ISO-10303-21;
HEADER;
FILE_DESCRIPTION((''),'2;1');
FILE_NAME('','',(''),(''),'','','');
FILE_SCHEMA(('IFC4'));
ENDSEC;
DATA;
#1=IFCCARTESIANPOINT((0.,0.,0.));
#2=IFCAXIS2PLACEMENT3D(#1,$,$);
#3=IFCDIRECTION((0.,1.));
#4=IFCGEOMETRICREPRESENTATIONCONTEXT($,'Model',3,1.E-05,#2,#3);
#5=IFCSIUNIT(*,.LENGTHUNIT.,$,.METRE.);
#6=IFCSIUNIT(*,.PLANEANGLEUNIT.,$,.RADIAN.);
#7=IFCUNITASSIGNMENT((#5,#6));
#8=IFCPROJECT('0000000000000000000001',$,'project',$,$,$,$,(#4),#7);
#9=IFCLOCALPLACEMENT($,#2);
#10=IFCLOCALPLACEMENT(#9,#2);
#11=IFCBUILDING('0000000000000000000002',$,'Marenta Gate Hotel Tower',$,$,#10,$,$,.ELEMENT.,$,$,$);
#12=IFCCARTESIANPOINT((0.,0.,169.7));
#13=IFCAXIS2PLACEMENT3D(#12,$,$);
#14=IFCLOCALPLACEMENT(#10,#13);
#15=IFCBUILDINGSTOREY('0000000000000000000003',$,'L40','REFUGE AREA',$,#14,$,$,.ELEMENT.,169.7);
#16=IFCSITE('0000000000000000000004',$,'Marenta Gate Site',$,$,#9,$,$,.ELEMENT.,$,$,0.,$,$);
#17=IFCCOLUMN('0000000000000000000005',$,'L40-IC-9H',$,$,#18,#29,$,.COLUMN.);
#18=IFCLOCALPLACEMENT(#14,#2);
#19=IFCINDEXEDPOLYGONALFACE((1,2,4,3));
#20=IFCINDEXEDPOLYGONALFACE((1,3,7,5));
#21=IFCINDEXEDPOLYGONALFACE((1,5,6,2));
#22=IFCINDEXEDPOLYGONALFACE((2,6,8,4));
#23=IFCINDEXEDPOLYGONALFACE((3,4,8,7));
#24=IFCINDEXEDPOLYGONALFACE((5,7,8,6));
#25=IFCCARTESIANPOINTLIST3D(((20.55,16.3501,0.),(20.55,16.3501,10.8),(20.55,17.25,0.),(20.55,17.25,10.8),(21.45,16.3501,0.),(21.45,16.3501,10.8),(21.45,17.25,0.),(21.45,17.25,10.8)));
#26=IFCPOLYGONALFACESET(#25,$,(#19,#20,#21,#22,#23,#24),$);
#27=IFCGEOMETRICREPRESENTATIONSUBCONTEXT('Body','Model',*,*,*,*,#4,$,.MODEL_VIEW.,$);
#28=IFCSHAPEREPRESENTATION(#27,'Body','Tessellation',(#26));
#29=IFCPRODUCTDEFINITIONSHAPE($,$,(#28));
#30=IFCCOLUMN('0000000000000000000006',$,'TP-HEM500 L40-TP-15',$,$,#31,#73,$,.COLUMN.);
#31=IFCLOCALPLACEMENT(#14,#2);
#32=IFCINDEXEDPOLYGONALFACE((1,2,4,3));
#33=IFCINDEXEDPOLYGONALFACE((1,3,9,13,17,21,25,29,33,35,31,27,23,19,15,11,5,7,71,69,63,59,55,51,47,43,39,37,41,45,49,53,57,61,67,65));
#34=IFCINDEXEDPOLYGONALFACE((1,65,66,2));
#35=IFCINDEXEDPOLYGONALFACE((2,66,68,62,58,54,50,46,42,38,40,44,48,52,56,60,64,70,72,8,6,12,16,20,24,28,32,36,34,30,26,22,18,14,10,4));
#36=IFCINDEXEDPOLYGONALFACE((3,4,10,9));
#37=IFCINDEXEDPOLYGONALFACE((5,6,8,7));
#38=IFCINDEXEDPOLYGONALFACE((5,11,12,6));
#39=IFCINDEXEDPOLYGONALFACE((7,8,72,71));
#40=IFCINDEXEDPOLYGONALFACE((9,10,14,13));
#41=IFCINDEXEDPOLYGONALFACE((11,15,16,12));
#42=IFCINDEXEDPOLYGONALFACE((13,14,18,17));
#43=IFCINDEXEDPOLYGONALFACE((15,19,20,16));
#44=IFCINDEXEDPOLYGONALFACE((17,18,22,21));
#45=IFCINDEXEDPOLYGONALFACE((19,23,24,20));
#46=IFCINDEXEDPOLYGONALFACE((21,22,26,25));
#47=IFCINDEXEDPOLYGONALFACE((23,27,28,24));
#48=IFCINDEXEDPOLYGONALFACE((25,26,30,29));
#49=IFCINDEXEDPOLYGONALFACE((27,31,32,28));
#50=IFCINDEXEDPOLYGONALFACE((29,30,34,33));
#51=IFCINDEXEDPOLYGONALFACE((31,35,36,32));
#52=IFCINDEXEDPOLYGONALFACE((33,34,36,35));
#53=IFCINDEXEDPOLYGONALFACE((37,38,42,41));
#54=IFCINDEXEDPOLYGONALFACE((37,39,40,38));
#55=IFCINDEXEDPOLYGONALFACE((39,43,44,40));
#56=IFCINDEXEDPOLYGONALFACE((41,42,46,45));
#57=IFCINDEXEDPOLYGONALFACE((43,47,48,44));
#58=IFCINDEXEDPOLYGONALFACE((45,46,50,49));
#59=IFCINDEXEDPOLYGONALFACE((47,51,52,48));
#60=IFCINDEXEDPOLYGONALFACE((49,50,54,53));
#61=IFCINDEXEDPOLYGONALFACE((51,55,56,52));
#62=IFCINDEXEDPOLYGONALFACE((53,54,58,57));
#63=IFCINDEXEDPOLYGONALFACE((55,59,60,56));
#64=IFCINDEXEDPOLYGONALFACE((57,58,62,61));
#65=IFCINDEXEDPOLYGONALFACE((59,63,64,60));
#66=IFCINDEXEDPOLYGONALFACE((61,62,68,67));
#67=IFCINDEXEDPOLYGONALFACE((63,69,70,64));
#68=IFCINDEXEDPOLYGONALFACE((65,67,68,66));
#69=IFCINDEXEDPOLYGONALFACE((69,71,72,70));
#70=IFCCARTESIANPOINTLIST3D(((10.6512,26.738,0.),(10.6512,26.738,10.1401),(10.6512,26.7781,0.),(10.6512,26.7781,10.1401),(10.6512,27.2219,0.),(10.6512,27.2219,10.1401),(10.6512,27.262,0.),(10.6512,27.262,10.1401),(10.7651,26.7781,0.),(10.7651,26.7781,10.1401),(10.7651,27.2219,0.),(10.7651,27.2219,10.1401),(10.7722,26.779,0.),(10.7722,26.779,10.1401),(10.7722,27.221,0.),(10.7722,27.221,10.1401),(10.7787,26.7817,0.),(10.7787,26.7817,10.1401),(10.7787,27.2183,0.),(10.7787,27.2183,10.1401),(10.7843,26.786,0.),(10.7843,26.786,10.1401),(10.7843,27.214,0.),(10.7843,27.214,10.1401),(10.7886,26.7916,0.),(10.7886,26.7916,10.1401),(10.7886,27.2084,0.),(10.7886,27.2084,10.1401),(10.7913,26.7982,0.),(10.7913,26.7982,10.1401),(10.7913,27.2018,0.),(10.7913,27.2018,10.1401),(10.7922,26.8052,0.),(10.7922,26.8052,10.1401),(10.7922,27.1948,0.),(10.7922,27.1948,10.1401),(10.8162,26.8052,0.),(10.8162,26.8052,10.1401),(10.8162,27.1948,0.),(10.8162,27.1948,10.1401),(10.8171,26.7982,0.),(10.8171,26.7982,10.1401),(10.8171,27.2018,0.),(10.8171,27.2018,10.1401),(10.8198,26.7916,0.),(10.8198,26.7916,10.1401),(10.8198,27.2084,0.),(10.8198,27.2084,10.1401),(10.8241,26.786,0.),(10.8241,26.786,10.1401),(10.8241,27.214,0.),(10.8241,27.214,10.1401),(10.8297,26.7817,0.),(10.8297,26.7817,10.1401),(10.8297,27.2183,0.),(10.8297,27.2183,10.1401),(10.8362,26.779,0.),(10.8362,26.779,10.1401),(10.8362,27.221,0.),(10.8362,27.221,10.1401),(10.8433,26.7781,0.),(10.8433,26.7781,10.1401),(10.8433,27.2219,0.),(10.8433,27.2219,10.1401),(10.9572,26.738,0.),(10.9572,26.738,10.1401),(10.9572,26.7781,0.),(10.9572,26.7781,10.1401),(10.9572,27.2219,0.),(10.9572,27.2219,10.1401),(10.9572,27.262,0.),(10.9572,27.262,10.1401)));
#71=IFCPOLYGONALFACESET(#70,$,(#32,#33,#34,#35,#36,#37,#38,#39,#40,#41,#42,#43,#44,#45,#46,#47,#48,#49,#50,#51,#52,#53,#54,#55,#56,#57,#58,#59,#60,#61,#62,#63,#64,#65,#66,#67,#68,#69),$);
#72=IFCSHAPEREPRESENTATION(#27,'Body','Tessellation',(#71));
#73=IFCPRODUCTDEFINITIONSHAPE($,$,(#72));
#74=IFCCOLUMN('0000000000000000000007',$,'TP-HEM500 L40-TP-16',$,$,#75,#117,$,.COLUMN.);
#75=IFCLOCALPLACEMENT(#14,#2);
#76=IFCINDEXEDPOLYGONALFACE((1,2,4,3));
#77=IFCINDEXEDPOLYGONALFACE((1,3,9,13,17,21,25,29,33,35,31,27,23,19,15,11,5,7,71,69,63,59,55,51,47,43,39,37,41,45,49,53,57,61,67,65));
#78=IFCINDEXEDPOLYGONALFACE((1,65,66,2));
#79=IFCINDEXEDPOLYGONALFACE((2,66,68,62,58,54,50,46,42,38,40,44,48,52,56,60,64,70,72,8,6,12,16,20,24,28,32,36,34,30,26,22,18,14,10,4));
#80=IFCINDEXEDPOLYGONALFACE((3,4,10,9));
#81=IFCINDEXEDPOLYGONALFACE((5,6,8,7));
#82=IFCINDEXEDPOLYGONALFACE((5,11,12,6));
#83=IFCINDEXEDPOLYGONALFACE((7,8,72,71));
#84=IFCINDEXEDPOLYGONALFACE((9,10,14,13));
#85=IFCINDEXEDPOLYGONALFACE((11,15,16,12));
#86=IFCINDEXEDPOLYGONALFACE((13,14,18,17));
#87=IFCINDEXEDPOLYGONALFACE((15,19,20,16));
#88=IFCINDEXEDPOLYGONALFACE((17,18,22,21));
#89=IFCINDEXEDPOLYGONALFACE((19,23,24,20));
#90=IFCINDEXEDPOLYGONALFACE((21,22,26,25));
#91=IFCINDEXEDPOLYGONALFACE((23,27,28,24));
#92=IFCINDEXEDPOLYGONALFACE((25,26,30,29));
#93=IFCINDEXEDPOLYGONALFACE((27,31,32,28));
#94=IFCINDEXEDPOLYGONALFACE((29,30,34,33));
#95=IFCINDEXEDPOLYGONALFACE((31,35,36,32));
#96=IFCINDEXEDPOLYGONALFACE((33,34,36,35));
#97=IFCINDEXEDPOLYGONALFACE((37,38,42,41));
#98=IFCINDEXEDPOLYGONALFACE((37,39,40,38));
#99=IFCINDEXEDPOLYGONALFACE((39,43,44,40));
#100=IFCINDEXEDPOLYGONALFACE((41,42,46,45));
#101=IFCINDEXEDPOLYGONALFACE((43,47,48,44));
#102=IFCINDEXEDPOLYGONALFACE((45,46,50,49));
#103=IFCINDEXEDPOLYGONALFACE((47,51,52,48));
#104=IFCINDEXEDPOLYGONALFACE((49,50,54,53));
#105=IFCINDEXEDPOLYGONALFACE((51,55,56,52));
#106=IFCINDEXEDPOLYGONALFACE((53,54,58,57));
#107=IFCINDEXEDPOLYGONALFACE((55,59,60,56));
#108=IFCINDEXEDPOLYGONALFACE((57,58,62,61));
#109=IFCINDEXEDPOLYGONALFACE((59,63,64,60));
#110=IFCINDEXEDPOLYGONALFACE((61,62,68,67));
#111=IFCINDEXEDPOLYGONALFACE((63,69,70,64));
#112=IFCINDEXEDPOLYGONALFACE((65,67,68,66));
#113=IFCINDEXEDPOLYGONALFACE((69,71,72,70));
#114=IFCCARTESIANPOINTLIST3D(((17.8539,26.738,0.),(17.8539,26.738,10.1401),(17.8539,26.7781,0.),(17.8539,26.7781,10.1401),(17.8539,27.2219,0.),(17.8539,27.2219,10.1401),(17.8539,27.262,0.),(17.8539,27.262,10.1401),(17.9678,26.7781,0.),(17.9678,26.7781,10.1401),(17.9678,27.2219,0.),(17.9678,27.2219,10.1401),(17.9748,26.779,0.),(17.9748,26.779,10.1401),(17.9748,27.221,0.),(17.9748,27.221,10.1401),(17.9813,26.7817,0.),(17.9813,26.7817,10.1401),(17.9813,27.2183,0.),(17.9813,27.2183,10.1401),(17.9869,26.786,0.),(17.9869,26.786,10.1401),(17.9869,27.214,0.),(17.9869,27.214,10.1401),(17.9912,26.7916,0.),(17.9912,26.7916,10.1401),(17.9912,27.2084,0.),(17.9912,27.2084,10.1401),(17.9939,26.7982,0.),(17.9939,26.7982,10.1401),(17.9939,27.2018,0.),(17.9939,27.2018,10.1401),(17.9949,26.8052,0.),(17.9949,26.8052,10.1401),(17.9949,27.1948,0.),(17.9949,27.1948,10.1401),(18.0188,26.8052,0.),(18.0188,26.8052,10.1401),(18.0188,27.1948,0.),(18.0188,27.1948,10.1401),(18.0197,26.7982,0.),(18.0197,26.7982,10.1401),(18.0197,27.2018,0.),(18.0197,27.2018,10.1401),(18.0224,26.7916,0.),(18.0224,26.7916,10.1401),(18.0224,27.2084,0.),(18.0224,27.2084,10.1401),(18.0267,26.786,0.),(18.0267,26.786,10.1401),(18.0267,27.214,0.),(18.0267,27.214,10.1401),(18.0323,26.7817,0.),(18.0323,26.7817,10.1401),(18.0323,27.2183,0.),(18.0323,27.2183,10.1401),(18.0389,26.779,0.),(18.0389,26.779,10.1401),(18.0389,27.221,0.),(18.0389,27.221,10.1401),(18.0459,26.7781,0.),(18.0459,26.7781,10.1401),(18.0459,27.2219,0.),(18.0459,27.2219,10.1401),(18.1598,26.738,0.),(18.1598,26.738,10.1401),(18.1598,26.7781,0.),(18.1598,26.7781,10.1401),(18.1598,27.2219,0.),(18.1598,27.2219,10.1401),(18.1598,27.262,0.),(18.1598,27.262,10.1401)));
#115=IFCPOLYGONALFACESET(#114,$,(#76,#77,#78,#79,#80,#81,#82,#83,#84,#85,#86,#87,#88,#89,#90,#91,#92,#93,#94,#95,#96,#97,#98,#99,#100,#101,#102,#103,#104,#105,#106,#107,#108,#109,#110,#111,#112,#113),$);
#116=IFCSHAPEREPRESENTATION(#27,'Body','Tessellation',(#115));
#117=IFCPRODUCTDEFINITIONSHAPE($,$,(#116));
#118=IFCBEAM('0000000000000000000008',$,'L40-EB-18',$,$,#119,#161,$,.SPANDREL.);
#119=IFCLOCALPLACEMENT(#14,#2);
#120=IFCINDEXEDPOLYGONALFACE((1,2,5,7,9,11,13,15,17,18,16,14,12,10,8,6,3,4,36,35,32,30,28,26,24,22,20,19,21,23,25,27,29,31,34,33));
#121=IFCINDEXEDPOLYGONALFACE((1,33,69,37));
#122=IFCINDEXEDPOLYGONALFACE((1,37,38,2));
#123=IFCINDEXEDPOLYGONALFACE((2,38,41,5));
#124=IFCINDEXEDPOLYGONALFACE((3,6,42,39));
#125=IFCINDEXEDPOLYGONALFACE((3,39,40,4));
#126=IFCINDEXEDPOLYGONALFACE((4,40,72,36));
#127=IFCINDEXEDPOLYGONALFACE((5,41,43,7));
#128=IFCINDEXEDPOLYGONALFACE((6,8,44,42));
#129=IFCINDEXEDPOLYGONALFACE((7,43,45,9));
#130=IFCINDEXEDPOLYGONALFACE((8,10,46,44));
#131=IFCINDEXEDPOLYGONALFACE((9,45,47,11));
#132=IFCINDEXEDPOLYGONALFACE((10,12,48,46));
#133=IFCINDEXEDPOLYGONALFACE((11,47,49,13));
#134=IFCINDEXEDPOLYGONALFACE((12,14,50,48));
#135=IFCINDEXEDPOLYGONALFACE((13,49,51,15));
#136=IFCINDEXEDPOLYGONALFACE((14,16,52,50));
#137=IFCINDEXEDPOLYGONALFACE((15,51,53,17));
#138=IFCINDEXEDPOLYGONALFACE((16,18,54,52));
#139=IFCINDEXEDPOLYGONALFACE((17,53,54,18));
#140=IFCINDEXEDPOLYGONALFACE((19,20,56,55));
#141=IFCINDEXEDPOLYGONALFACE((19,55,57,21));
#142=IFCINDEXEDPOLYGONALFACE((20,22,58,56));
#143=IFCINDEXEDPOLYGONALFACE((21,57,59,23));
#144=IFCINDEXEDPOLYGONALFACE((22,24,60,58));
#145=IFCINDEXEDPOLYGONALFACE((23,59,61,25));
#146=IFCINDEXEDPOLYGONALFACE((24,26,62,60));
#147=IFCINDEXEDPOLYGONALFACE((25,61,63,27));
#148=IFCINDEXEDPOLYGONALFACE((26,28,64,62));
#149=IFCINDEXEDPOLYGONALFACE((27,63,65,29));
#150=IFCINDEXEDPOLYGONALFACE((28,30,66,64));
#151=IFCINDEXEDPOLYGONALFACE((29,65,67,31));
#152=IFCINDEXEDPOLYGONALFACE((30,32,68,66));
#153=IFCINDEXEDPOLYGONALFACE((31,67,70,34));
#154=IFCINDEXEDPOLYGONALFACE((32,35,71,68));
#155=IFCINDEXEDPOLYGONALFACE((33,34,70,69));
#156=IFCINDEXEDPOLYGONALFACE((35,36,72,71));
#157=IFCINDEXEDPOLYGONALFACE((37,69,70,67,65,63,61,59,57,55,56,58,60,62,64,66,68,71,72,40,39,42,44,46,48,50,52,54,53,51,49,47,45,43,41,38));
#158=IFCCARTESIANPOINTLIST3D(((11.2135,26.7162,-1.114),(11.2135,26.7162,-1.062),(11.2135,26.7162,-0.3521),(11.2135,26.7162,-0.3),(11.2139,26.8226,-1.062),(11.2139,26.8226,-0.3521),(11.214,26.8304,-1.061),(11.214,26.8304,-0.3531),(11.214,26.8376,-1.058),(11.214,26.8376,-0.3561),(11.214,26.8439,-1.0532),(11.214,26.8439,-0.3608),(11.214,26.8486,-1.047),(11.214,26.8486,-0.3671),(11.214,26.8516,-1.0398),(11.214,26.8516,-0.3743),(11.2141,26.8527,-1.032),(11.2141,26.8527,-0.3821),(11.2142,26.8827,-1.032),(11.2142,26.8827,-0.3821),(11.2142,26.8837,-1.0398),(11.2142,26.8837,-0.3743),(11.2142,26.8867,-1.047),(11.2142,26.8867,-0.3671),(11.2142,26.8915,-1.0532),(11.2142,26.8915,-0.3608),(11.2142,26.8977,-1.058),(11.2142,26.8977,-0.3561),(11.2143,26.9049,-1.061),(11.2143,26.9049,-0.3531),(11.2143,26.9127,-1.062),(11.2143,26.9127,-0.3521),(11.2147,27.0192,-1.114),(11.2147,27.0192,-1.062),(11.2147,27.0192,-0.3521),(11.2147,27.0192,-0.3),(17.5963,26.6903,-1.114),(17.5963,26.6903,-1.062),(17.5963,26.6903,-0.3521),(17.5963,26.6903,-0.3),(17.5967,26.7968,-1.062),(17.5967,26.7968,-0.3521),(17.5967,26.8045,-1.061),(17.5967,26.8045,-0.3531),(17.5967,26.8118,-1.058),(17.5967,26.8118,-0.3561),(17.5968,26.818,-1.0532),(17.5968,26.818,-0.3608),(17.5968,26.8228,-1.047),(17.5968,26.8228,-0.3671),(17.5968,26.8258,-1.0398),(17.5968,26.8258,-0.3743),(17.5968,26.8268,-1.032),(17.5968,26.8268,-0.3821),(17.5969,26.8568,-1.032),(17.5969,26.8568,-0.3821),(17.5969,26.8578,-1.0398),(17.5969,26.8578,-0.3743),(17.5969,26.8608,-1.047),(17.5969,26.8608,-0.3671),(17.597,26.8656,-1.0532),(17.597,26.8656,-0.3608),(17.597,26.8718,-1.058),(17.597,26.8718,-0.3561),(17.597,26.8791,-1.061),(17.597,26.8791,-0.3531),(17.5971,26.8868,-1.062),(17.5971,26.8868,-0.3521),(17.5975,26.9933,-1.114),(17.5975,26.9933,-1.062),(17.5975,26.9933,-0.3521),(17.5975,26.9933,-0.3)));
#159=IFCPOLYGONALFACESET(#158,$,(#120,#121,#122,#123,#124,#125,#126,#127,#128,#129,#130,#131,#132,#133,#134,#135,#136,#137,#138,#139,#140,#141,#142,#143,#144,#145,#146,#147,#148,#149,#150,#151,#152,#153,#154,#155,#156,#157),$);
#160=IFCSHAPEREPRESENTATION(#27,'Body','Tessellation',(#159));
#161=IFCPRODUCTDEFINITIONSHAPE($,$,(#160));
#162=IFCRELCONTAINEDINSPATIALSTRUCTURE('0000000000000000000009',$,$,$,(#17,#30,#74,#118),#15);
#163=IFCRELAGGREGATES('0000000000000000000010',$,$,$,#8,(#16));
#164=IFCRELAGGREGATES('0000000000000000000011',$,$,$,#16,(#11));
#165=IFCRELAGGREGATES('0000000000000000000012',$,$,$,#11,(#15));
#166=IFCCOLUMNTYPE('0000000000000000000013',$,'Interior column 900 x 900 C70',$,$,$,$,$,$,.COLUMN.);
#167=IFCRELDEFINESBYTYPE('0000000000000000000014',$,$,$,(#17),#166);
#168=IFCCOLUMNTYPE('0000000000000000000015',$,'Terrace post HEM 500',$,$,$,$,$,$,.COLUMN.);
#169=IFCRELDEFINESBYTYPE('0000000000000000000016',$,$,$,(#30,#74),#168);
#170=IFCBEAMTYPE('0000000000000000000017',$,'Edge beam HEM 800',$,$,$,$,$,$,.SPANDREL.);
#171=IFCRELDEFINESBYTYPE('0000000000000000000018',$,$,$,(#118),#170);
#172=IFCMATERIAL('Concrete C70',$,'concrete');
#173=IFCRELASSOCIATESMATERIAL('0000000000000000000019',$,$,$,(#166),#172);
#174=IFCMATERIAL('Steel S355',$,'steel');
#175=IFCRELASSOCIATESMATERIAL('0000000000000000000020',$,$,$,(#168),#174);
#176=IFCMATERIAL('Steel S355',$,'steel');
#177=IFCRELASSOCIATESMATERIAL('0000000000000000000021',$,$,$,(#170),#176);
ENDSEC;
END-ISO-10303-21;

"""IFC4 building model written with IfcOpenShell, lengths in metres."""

from ifc_helpers import new_model, si_unit, direction, frame, origin, origin_2d, place, context, subcontext, project, spatial, rectangle, i_section, extrude, material, material_profile, profile_set, type_object, element, save


model = new_model("IFC4")

# Units and contexts
model_context = context("Model", 3, precision=1e-05, world=origin(), true_north=direction((0.0, 1.0)))
body_context = subcontext(model_context, "Body", "Model", "MODEL_VIEW")
ifc_project = project(units=[si_unit("LENGTHUNIT", "METRE"), si_unit("PLANEANGLEUNIT", "RADIAN")], contexts=[model_context])

# Site, building, storey
site_placement = place(None, origin())
site = spatial("IfcSite", under=ifc_project, at=site_placement, Name="Marenta Gate Site", CompositionType="ELEMENT", RefElevation=0.0)
building_placement = place(site_placement, origin())
building = spatial("IfcBuilding", under=site, at=building_placement, Name="Marenta Gate Hotel Tower", CompositionType="ELEMENT")
storey_placement = place(building_placement, frame((0.0, 0.0, 169.7)))
storey = spatial("IfcBuildingStorey", under=building, at=storey_placement, Name="L40", Description="REFUGE AREA", CompositionType="ELEMENT", Elevation=169.7)

# Columns
ifc_material_1 = material(Name="Concrete C70", Category="concrete")
ifc_material_profile_1 = material_profile(ifc_material_1, rectangle(XDim=0.8999, YDim=0.8999, at=origin_2d()), Name="900 x 900")
ifc_profile_set_1 = profile_set([ifc_material_profile_1], Name="Concrete C70")
column_type_1 = type_object("IfcColumnType", Name="Interior column 900 x 900 C70", PredefinedType="COLUMN", material=ifc_profile_set_1)
column_placement = place(storey_placement, frame((21.0, 16.8, 0.0), z_axis=(0.0, 0.0, 1.0), x_axis=(1.0, 0.0, 0.0)))
element("IfcColumn", 1, at=column_placement, inside=storey, type_object=column_type_1, Name="L40-IC-9H", PredefinedType="COLUMN", context=body_context, shape_type="SweptSolid", body=[
    extrude(rectangle(XDim=0.8999, YDim=0.8999, at=origin_2d()), origin(), (0.0, 0.0, 1.0), 10.8),
])
ifc_material_2 = material(Name="Steel S355", Category="steel")
ifc_material_profile_2 = material_profile(ifc_material_2, i_section(OverallWidth=0.3059, OverallDepth=0.5239, WebThickness=0.0239, FlangeThickness=0.04, FilletRadius=0.0271, at=origin_2d()), Name="HEM 500")
ifc_profile_set_2 = profile_set([ifc_material_profile_2], Name="Steel S355")
column_type_2 = type_object("IfcColumnType", Name="Terrace post HEM 500", PredefinedType="COLUMN", material=ifc_profile_set_2)
for number, where, z_axis, x_axis, name in (
    (2, (10.8042, 27.0, 0.0), (0.0, 0.0, 1.0), (1.0, 0.0, 0.0), "TP-HEM500 L40-TP-15"),
    (3, (18.0068, 27.0, 0.0), (0.0, 0.0, 1.0), (1.0, 0.0, 0.0), "TP-HEM500 L40-TP-16"),
):
    element("IfcColumn", number, at=place(storey_placement, frame(where, z_axis=z_axis, x_axis=x_axis)), inside=storey, type_object=column_type_2, Name=name, PredefinedType="COLUMN", context=body_context, shape_type="SweptSolid", body=[
        extrude(i_section(OverallWidth=0.3059, OverallDepth=0.5239, WebThickness=0.0239, FlangeThickness=0.04, FilletRadius=0.0271, at=origin_2d()), origin(), (0.0, 0.0, 1.0), 10.1401),
    ])

# Beam
ifc_material_3 = material(Name="Steel S355", Category="steel")
ifc_material_profile_3 = material_profile(ifc_material_3, i_section(OverallWidth=0.303, OverallDepth=0.814, WebThickness=0.03, FlangeThickness=0.052, FilletRadius=0.03, at=origin_2d()), Name="HEM 800")
ifc_profile_set_3 = profile_set([ifc_material_profile_3], Name="Steel S355")
beam_type_1 = type_object("IfcBeamType", Name="Edge beam HEM 800", PredefinedType="SPANDREL", material=ifc_profile_set_3)
beam_1_placement = place(storey_placement, frame((11.2141, 26.8677, -0.707), z_axis=(0.999992, -0.004054, 0.0), x_axis=(0.004054, 0.999992, 0.0)))
element("IfcBeam", 4, at=beam_1_placement, inside=storey, type_object=beam_type_1, Name="L40-EB-18", PredefinedType="SPANDREL", context=body_context, shape_type="SweptSolid", body=[
    extrude(i_section(OverallWidth=0.303, OverallDepth=0.814, WebThickness=0.03, FlangeThickness=0.052, FilletRadius=0.03, at=origin_2d()), origin(), (0.0, 0.0, 1.0), 6.3828),
])

save(model, "model.ifc")
